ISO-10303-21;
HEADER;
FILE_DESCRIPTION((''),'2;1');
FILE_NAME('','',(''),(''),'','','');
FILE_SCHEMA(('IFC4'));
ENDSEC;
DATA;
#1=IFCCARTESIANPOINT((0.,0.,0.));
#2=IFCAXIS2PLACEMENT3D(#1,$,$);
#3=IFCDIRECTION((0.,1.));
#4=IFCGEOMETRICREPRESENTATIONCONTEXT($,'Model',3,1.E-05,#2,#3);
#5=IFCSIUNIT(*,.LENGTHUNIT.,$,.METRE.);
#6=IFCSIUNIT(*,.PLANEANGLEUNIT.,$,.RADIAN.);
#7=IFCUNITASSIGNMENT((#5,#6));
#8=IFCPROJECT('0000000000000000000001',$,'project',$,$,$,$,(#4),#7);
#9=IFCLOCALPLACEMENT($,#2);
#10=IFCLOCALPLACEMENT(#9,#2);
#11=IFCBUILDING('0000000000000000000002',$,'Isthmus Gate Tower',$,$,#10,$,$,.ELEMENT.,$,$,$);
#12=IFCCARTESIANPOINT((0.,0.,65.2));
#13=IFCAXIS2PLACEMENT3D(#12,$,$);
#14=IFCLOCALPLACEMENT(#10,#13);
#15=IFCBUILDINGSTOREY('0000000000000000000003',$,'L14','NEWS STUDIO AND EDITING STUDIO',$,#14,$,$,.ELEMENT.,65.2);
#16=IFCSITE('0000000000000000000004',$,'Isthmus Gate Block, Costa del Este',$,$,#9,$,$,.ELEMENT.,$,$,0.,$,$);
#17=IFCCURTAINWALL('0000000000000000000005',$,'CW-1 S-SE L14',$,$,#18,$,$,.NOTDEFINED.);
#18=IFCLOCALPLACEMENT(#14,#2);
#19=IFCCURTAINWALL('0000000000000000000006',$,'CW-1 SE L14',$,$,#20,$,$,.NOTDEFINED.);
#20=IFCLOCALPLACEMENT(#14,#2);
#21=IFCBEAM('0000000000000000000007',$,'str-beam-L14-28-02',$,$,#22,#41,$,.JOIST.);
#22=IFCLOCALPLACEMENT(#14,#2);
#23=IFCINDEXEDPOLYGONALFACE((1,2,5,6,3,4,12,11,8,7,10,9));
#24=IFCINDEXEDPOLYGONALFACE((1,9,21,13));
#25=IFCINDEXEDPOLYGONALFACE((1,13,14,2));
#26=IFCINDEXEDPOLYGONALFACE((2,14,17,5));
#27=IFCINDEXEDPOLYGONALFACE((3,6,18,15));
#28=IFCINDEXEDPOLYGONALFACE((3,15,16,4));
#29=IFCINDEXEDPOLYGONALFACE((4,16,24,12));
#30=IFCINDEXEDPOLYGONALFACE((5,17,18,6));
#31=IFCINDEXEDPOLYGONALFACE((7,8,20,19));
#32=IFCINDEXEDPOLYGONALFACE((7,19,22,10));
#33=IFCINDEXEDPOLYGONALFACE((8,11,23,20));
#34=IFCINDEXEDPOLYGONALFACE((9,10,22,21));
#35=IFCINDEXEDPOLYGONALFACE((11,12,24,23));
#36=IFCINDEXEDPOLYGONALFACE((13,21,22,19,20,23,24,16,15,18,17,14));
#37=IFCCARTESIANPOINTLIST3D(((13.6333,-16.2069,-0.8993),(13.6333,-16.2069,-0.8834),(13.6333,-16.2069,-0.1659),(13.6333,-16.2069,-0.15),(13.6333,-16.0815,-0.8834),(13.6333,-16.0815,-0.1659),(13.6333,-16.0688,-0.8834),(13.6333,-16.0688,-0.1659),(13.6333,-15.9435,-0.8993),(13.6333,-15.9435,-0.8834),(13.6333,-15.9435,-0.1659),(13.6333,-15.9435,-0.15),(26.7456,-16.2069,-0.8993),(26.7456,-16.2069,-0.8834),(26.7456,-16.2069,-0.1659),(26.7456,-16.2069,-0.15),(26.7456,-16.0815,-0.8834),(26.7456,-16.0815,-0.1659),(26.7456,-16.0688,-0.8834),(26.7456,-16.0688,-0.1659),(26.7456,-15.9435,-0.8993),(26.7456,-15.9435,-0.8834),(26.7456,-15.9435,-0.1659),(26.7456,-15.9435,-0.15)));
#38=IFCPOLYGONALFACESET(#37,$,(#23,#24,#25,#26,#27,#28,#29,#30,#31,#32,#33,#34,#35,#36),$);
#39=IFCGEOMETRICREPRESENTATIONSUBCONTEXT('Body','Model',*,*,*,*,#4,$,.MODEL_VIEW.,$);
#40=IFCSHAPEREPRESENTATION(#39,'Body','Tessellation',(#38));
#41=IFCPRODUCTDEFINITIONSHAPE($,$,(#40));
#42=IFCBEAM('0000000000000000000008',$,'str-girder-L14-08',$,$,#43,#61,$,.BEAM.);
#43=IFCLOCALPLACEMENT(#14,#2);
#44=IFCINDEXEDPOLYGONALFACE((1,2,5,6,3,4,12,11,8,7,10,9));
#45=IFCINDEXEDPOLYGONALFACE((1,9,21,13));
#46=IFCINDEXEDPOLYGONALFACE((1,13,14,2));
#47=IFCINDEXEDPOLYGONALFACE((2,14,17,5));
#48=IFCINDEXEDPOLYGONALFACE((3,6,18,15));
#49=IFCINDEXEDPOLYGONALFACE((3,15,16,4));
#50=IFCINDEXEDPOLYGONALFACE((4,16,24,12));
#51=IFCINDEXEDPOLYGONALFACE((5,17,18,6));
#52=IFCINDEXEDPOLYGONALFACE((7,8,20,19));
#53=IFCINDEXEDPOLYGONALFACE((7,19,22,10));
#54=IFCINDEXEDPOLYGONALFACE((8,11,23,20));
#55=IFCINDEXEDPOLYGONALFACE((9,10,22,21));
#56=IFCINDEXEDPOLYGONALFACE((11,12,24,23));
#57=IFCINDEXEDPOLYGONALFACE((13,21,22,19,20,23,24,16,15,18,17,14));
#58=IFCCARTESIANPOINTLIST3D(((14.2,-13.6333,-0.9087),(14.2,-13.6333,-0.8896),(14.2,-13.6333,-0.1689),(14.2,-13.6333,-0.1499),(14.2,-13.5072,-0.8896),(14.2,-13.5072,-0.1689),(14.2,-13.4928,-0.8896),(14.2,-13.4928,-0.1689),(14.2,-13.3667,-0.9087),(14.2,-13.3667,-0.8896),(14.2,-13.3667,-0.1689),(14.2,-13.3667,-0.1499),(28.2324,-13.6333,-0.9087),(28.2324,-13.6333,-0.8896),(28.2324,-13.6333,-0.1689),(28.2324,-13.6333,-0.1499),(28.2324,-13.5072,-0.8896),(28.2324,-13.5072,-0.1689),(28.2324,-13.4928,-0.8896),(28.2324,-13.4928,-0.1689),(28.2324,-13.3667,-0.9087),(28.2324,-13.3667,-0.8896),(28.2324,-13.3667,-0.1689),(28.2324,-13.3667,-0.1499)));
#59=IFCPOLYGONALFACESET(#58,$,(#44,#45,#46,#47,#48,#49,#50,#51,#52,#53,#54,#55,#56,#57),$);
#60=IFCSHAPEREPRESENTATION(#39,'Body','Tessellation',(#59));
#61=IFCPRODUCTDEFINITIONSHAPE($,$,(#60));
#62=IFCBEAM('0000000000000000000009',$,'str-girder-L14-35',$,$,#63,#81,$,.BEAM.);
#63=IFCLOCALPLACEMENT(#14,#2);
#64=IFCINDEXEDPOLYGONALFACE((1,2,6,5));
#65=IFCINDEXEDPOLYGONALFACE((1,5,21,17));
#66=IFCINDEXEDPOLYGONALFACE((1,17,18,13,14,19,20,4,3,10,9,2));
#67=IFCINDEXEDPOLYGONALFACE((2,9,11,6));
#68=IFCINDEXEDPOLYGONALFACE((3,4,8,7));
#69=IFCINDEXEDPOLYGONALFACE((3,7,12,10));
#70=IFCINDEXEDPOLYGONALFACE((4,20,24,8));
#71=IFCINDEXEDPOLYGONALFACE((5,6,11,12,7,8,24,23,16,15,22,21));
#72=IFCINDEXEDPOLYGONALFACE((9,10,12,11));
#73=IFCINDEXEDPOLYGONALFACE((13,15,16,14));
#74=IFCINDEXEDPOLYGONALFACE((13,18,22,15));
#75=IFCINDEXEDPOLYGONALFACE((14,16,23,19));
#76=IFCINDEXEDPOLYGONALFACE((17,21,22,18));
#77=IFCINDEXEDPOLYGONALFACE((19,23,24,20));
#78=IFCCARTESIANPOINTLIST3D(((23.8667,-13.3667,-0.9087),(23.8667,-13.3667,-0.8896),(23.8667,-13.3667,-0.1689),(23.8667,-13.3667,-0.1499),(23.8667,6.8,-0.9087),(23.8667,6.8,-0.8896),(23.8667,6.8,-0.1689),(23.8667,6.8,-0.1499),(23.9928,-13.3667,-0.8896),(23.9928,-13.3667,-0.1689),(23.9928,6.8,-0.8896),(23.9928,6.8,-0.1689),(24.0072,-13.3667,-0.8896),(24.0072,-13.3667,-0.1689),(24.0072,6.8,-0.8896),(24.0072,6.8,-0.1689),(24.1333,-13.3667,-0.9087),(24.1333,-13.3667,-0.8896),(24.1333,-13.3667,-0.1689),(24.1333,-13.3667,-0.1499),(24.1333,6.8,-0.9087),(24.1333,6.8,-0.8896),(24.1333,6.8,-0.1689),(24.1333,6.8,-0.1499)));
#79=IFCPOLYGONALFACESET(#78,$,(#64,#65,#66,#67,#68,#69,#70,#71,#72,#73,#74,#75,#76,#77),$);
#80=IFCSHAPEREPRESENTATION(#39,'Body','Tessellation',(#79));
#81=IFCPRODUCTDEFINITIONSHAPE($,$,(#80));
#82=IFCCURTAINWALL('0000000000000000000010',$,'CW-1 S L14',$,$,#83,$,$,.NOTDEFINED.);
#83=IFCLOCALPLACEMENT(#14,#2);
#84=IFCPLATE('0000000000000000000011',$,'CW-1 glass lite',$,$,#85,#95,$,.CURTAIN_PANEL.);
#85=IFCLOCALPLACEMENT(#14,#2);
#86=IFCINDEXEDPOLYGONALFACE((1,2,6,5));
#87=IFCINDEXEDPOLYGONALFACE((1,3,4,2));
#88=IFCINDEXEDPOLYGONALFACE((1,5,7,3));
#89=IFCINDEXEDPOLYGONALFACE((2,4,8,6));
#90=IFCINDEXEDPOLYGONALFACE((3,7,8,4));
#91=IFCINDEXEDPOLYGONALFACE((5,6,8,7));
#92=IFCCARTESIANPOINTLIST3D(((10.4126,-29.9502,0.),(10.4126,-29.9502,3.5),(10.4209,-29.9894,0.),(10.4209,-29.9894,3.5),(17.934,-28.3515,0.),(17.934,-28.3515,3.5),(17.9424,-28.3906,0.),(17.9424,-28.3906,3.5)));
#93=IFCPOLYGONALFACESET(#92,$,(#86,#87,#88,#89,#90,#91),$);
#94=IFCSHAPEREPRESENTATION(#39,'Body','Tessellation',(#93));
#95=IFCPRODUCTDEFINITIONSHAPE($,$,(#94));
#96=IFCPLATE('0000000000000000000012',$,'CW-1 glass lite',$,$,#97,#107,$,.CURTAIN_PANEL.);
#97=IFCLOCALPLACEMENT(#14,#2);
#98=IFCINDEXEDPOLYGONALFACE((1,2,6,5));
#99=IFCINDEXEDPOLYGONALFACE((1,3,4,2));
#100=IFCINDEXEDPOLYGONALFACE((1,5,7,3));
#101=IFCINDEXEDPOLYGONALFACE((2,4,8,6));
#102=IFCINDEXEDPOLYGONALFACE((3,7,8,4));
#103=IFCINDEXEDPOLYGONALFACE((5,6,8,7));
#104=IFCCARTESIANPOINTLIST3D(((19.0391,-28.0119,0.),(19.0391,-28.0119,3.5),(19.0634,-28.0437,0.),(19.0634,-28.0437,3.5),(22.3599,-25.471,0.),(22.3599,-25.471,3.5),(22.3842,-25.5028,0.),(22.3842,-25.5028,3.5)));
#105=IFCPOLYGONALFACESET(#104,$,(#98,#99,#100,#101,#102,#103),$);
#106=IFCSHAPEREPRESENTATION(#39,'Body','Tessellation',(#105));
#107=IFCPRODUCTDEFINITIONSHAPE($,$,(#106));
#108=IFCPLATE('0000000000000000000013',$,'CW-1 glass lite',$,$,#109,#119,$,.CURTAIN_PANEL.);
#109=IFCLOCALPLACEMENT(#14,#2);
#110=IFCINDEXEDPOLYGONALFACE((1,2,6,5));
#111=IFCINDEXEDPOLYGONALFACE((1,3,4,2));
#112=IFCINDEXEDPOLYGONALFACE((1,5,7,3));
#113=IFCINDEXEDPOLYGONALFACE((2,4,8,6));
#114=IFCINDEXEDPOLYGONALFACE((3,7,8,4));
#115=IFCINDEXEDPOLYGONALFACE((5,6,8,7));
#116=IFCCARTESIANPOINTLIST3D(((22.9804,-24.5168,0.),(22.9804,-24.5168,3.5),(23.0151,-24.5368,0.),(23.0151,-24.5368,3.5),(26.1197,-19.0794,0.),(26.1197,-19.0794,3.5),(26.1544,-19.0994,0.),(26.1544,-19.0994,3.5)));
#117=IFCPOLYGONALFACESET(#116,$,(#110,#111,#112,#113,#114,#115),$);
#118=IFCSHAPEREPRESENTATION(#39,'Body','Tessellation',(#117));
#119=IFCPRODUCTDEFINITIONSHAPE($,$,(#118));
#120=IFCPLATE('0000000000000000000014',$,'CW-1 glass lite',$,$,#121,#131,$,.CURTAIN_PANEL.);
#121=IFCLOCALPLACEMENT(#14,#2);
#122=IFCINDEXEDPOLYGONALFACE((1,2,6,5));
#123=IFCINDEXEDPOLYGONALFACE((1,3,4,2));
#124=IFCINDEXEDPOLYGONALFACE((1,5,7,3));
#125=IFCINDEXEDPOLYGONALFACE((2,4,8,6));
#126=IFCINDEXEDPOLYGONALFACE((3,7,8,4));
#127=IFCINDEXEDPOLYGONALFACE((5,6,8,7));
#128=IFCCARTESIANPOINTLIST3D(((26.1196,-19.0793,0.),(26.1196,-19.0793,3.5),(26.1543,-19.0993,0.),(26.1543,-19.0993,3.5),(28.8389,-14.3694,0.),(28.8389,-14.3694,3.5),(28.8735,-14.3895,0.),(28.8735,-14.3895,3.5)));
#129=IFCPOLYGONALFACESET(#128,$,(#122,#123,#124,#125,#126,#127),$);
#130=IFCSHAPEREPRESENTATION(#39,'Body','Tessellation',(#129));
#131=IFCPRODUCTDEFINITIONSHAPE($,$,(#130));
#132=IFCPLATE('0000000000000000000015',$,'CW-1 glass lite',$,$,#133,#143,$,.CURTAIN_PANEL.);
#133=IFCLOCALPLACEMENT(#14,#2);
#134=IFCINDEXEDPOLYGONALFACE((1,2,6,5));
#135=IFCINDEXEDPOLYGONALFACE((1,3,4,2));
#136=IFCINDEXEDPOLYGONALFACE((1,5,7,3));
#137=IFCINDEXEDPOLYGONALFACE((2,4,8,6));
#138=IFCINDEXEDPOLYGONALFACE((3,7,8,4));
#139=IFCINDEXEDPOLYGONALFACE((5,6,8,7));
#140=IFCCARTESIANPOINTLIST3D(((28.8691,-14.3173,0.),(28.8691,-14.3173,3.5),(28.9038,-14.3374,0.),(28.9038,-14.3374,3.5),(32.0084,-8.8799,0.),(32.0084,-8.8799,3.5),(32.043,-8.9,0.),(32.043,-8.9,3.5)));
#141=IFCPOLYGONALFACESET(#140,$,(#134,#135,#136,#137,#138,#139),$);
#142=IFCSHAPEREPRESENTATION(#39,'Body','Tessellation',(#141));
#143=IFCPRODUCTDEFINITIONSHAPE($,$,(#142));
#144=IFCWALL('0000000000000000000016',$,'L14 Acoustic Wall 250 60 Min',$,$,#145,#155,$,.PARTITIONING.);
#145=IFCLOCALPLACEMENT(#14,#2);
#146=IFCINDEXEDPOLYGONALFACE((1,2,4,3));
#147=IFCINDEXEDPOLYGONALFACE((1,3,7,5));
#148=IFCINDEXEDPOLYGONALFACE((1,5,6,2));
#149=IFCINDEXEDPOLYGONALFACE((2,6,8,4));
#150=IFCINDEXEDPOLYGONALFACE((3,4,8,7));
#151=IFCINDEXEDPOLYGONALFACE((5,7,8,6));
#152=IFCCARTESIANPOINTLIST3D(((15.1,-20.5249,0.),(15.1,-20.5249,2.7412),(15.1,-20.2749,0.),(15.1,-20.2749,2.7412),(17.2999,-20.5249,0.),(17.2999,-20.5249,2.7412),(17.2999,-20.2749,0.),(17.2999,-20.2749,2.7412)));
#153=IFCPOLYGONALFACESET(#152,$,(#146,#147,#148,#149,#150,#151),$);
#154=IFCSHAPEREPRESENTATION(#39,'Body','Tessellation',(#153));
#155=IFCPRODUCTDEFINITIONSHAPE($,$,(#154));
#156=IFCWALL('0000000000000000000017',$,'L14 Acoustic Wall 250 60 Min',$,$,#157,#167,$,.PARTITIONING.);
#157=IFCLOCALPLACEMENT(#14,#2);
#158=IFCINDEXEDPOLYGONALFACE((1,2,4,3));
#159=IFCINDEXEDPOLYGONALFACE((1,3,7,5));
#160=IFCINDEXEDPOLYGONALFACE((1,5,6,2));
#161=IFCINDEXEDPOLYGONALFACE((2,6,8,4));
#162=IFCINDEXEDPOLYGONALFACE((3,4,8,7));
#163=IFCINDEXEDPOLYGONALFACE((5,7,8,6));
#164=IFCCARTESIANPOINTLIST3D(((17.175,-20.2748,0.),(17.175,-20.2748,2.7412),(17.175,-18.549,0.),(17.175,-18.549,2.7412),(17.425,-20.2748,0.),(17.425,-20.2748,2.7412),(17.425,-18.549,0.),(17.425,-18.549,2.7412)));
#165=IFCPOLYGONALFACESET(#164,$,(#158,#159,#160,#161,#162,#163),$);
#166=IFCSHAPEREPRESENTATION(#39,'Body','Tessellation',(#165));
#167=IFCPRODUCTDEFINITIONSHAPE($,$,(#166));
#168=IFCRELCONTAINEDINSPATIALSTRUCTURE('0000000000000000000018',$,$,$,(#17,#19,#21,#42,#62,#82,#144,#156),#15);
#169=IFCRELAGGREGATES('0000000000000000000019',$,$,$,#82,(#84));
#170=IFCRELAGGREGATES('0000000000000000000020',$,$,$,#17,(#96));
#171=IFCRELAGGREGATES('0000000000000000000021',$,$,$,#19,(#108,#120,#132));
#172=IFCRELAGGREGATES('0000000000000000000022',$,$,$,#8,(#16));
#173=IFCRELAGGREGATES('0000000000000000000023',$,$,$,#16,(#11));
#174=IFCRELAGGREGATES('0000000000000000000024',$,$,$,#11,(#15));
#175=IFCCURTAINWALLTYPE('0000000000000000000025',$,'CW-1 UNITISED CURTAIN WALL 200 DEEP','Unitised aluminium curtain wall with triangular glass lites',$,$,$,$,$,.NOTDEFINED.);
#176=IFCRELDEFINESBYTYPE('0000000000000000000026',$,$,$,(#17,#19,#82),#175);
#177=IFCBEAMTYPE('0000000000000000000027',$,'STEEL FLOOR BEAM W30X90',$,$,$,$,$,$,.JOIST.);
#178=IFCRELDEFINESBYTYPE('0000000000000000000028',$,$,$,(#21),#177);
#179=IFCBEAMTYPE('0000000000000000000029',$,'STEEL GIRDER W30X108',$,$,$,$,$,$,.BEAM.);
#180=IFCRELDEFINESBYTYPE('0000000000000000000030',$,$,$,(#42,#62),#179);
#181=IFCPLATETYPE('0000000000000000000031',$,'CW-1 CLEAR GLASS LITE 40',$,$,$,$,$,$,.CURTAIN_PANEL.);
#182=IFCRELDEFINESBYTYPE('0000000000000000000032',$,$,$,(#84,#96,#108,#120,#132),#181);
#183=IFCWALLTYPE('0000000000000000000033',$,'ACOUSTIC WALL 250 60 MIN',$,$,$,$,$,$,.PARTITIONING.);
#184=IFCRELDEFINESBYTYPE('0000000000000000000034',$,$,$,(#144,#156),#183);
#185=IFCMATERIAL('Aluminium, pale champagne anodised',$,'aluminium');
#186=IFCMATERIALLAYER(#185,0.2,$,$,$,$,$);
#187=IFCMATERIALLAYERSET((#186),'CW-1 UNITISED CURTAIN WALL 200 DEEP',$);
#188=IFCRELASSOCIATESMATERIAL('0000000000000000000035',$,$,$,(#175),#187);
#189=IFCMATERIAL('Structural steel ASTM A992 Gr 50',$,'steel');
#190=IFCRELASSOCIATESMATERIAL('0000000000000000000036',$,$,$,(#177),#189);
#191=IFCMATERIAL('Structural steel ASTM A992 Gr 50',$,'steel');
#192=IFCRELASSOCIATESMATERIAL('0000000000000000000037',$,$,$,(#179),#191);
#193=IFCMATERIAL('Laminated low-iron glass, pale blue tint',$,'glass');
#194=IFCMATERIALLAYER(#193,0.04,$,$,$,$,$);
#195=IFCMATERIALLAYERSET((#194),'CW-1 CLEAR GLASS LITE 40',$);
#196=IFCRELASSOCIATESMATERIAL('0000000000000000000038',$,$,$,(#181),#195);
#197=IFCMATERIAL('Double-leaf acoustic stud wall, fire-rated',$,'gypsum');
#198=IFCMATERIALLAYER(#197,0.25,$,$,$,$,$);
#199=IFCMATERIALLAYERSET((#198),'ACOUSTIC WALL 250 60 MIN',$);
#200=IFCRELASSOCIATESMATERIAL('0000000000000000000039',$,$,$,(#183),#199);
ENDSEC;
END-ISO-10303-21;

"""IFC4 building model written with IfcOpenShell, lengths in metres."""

from ifc_helpers import new_model, si_unit, direction, frame, frame_2d, origin, origin_2d, place, context, subcontext, project, spatial, rectangle, i_section, extrude, material, layer, layer_set, material_profile, profile_set, type_object, element, aggregate, save


model = new_model("IFC4")

# Units and contexts
model_context = context("Model", 3, precision=1e-05, world=origin(), true_north=direction((0.0, 1.0)))
body_context = subcontext(model_context, "Body", "Model", "MODEL_VIEW")
ifc_project = project(units=[si_unit("LENGTHUNIT", "METRE"), si_unit("PLANEANGLEUNIT", "RADIAN")], contexts=[model_context])

# Site, building, storey
site_placement = place(None, origin())
site = spatial("IfcSite", under=ifc_project, at=site_placement, Name="Isthmus Gate Block, Costa del Este", CompositionType="ELEMENT", RefElevation=0.0)
building_placement = place(site_placement, origin())
building = spatial("IfcBuilding", under=site, at=building_placement, Name="Isthmus Gate Tower", CompositionType="ELEMENT")
storey_placement = place(building_placement, frame((0.0, 0.0, 65.2)))
storey = spatial("IfcBuildingStorey", under=building, at=storey_placement, Name="L14", Description="NEWS STUDIO AND EDITING STUDIO", CompositionType="ELEMENT", Elevation=65.2)

# Curtain wall
ifc_material_1 = material(Name="Aluminium, pale champagne anodised", Category="aluminium")
ifc_layer_1 = layer(ifc_material_1, 0.2)
ifc_layer_set_1 = layer_set([ifc_layer_1], Name="CW-1 UNITISED CURTAIN WALL 200 DEEP")
curtain_wall_type = type_object("IfcCurtainWallType", Name="CW-1 UNITISED CURTAIN WALL 200 DEEP", Description="Unitised aluminium curtain wall with triangular glass lites", PredefinedType="NOTDEFINED", material=ifc_layer_set_1)
curtain_wall_1_placement = place(storey_placement, origin())
curtain_wall_1 = element("IfcCurtainWall", 1, at=curtain_wall_1_placement, inside=storey, type_object=curtain_wall_type, Name="CW-1 S-SE L14", PredefinedType="NOTDEFINED")

# Curtain wall
curtain_wall_2_placement = place(storey_placement, origin())
curtain_wall_2 = element("IfcCurtainWall", 2, at=curtain_wall_2_placement, inside=storey, type_object=curtain_wall_type, Name="CW-1 SE L14", PredefinedType="NOTDEFINED")

# Beams
ifc_material_2 = material(Name="Structural steel ASTM A992 Gr 50", Category="steel")
ifc_material_profile_1 = material_profile(ifc_material_2, i_section(OverallWidth=0.2634, OverallDepth=0.7493, WebThickness=0.0127, FlangeThickness=0.0159, at=origin_2d()), Name="W30X90")
ifc_profile_set_1 = profile_set([ifc_material_profile_1], Name="Structural steel ASTM A992 Gr 50")
beam_type_1 = type_object("IfcBeamType", Name="STEEL FLOOR BEAM W30X90", PredefinedType="JOIST", material=ifc_profile_set_1)
beam_1_placement = place(storey_placement, frame((13.6333, -16.0752, -0.5247), z_axis=(1.0, 0.0, 0.0), x_axis=(0.0, 1.0, 0.0)))
element("IfcBeam", 3, at=beam_1_placement, inside=storey, type_object=beam_type_1, Name="str-beam-L14-28-02", PredefinedType="JOIST", context=body_context, shape_type="SweptSolid", body=[
    extrude(i_section(OverallWidth=0.2634, OverallDepth=0.7493, WebThickness=0.0127, FlangeThickness=0.0159, at=origin_2d()), origin(), (0.0, 0.0, 1.0), 13.1123),
])
ifc_material_3 = material(Name="Structural steel ASTM A992 Gr 50", Category="steel")
ifc_material_profile_2 = material_profile(ifc_material_3, i_section(OverallWidth=0.2666, OverallDepth=0.7588, WebThickness=0.0144, FlangeThickness=0.019, at=origin_2d()), Name="W30X108")
ifc_profile_set_2 = profile_set([ifc_material_profile_2], Name="Structural steel ASTM A992 Gr 50")
beam_type_2 = type_object("IfcBeamType", Name="STEEL GIRDER W30X108", PredefinedType="BEAM", material=ifc_profile_set_2)
beam_2_placement = place(storey_placement, frame((14.2, -13.5, -0.5293), z_axis=(1.0, 0.0, 0.0), x_axis=(0.0, 1.0, 0.0)))
element("IfcBeam", 4, at=beam_2_placement, inside=storey, type_object=beam_type_2, Name="str-girder-L14-08", PredefinedType="BEAM", context=body_context, shape_type="SweptSolid", body=[
    extrude(i_section(OverallWidth=0.2666, OverallDepth=0.7588, WebThickness=0.0144, FlangeThickness=0.019, at=origin_2d()), origin(), (0.0, 0.0, 1.0), 14.0325),
])
beam_3_placement = place(storey_placement, frame((24.0, -13.3667, -0.5293), z_axis=(0.0, 1.0, 0.0), x_axis=(-1.0, 0.0, 0.0)))
element("IfcBeam", 5, at=beam_3_placement, inside=storey, type_object=beam_type_2, Name="str-girder-L14-35", PredefinedType="BEAM", context=body_context, shape_type="SweptSolid", body=[
    extrude(i_section(OverallWidth=0.2666, OverallDepth=0.7588, WebThickness=0.0144, FlangeThickness=0.019, at=origin_2d()), origin(), (0.0, 0.0, 1.0), 20.1667),
])

# Curtain wall, plate
curtain_wall_3_placement = place(storey_placement, origin())
curtain_wall_3 = element("IfcCurtainWall", 6, at=curtain_wall_3_placement, inside=storey, type_object=curtain_wall_type, Name="CW-1 S L14", PredefinedType="NOTDEFINED")
ifc_material_4 = material(Name="Laminated low-iron glass, pale blue tint", Category="glass")
ifc_layer_2 = layer(ifc_material_4, 0.04)
ifc_layer_set_2 = layer_set([ifc_layer_2], Name="CW-1 CLEAR GLASS LITE 40")
plate_type = type_object("IfcPlateType", Name="CW-1 CLEAR GLASS LITE 40", PredefinedType="CURTAIN_PANEL", material=ifc_layer_set_2)
plate_1_placement = place(storey_placement, frame((14.1775, -29.1704, 0.0), z_axis=(0.0, 0.0, 1.0), x_axis=(0.978148, 0.207912, 0.0)))
plate_1 = element("IfcPlate", 7, at=plate_1_placement, type_object=plate_type, Name="CW-1 glass lite", PredefinedType="CURTAIN_PANEL", context=body_context, shape_type="SweptSolid", body=[
    extrude(rectangle(XDim=7.6895, YDim=0.04, at=origin_2d()), origin(), (0.0, 0.0, 1.0), 3.5),
])
aggregate(curtain_wall_3, [plate_1])

# Plates
plate_2_placement = place(storey_placement, frame((20.7117, -26.7573, 0.0), z_axis=(0.0, 0.0, 1.0), x_axis=(0.794189, 0.607671, 0.0)))
plate_2 = element("IfcPlate", 8, at=plate_2_placement, type_object=plate_type, Name="CW-1 glass lite", PredefinedType="CURTAIN_PANEL", context=body_context, shape_type="SweptSolid", body=[
    extrude(rectangle(XDim=4.1814, YDim=0.04, at=origin_2d()), origin(), (0.0, 0.0, 1.0), 3.5),
])
aggregate(curtain_wall_1, [plate_2])
plate_3_placement = place(storey_placement, frame((24.5674, -21.8081, 0.0), z_axis=(0.0, 0.0, 1.0), x_axis=(0.5, 0.866025, 0.0)))
plate_3 = element("IfcPlate", 9, at=plate_3_placement, type_object=plate_type, Name="CW-1 glass lite", PredefinedType="CURTAIN_PANEL", context=body_context, shape_type="SweptSolid", body=[
    extrude(rectangle(XDim=6.2786, YDim=0.04, at=origin_2d()), origin(), (0.0, 0.0, 1.0), 3.5),
])
plate_4_placement = place(storey_placement, frame((27.4966, -16.7344, 0.0), z_axis=(0.0, 0.0, 1.0), x_axis=(0.5, 0.866025, 0.0)))
plate_4 = element("IfcPlate", 10, at=plate_4_placement, type_object=plate_type, Name="CW-1 glass lite", PredefinedType="CURTAIN_PANEL", context=body_context, shape_type="SweptSolid", body=[
    extrude(rectangle(XDim=5.4385, YDim=0.04, at=origin_2d()), origin(), (0.0, 0.0, 1.0), 3.5),
])
plate_5_placement = place(storey_placement, frame((30.4561, -11.6086, 0.0), z_axis=(0.0, 0.0, 1.0), x_axis=(0.5, 0.866025, 0.0)))
plate_5 = element("IfcPlate", 11, at=plate_5_placement, type_object=plate_type, Name="CW-1 glass lite", PredefinedType="CURTAIN_PANEL", context=body_context, shape_type="SweptSolid", body=[
    extrude(rectangle(XDim=6.2786, YDim=0.04, at=origin_2d()), origin(), (0.0, 0.0, 1.0), 3.5),
])
aggregate(curtain_wall_2, [plate_3, plate_4, plate_5])

# Walls
ifc_material_5 = material(Name="Double-leaf acoustic stud wall, fire-rated", Category="gypsum")
ifc_layer_3 = layer(ifc_material_5, 0.25)
ifc_layer_set_3 = layer_set([ifc_layer_3], Name="ACOUSTIC WALL 250 60 MIN")
wall_type_1 = type_object("IfcWallType", Name="ACOUSTIC WALL 250 60 MIN", PredefinedType="PARTITIONING", material=ifc_layer_set_3)
wall_1_placement = place(storey_placement, frame((17.3, -20.3999, 0.0), z_axis=(0.0, 0.0, 1.0), x_axis=(-1.0, 0.0, 0.0)))
element("IfcWall", 12, at=wall_1_placement, inside=storey, type_object=wall_type_1, Name="L14 Acoustic Wall 250 60 Min", PredefinedType="PARTITIONING", context=body_context, shape_type="SweptSolid", body=[
    extrude(rectangle(XDim=2.2, YDim=0.25, at=frame_2d((1.1001, 0.0))), origin(), (0.0, 0.0, 1.0), 2.7412),
])
wall_2_placement = place(storey_placement, frame((17.3, -18.5491, 0.0), z_axis=(0.0, 0.0, 1.0), x_axis=(0.0, -1.0, 0.0)))
element("IfcWall", 13, at=wall_2_placement, inside=storey, type_object=wall_type_1, Name="L14 Acoustic Wall 250 60 Min", PredefinedType="PARTITIONING", context=body_context, shape_type="SweptSolid", body=[
    extrude(rectangle(XDim=1.7258, YDim=0.25, at=frame_2d((0.8628, 0.0))), origin(), (0.0, 0.0, 1.0), 2.7412),
])

save(model, "model.ifc")
